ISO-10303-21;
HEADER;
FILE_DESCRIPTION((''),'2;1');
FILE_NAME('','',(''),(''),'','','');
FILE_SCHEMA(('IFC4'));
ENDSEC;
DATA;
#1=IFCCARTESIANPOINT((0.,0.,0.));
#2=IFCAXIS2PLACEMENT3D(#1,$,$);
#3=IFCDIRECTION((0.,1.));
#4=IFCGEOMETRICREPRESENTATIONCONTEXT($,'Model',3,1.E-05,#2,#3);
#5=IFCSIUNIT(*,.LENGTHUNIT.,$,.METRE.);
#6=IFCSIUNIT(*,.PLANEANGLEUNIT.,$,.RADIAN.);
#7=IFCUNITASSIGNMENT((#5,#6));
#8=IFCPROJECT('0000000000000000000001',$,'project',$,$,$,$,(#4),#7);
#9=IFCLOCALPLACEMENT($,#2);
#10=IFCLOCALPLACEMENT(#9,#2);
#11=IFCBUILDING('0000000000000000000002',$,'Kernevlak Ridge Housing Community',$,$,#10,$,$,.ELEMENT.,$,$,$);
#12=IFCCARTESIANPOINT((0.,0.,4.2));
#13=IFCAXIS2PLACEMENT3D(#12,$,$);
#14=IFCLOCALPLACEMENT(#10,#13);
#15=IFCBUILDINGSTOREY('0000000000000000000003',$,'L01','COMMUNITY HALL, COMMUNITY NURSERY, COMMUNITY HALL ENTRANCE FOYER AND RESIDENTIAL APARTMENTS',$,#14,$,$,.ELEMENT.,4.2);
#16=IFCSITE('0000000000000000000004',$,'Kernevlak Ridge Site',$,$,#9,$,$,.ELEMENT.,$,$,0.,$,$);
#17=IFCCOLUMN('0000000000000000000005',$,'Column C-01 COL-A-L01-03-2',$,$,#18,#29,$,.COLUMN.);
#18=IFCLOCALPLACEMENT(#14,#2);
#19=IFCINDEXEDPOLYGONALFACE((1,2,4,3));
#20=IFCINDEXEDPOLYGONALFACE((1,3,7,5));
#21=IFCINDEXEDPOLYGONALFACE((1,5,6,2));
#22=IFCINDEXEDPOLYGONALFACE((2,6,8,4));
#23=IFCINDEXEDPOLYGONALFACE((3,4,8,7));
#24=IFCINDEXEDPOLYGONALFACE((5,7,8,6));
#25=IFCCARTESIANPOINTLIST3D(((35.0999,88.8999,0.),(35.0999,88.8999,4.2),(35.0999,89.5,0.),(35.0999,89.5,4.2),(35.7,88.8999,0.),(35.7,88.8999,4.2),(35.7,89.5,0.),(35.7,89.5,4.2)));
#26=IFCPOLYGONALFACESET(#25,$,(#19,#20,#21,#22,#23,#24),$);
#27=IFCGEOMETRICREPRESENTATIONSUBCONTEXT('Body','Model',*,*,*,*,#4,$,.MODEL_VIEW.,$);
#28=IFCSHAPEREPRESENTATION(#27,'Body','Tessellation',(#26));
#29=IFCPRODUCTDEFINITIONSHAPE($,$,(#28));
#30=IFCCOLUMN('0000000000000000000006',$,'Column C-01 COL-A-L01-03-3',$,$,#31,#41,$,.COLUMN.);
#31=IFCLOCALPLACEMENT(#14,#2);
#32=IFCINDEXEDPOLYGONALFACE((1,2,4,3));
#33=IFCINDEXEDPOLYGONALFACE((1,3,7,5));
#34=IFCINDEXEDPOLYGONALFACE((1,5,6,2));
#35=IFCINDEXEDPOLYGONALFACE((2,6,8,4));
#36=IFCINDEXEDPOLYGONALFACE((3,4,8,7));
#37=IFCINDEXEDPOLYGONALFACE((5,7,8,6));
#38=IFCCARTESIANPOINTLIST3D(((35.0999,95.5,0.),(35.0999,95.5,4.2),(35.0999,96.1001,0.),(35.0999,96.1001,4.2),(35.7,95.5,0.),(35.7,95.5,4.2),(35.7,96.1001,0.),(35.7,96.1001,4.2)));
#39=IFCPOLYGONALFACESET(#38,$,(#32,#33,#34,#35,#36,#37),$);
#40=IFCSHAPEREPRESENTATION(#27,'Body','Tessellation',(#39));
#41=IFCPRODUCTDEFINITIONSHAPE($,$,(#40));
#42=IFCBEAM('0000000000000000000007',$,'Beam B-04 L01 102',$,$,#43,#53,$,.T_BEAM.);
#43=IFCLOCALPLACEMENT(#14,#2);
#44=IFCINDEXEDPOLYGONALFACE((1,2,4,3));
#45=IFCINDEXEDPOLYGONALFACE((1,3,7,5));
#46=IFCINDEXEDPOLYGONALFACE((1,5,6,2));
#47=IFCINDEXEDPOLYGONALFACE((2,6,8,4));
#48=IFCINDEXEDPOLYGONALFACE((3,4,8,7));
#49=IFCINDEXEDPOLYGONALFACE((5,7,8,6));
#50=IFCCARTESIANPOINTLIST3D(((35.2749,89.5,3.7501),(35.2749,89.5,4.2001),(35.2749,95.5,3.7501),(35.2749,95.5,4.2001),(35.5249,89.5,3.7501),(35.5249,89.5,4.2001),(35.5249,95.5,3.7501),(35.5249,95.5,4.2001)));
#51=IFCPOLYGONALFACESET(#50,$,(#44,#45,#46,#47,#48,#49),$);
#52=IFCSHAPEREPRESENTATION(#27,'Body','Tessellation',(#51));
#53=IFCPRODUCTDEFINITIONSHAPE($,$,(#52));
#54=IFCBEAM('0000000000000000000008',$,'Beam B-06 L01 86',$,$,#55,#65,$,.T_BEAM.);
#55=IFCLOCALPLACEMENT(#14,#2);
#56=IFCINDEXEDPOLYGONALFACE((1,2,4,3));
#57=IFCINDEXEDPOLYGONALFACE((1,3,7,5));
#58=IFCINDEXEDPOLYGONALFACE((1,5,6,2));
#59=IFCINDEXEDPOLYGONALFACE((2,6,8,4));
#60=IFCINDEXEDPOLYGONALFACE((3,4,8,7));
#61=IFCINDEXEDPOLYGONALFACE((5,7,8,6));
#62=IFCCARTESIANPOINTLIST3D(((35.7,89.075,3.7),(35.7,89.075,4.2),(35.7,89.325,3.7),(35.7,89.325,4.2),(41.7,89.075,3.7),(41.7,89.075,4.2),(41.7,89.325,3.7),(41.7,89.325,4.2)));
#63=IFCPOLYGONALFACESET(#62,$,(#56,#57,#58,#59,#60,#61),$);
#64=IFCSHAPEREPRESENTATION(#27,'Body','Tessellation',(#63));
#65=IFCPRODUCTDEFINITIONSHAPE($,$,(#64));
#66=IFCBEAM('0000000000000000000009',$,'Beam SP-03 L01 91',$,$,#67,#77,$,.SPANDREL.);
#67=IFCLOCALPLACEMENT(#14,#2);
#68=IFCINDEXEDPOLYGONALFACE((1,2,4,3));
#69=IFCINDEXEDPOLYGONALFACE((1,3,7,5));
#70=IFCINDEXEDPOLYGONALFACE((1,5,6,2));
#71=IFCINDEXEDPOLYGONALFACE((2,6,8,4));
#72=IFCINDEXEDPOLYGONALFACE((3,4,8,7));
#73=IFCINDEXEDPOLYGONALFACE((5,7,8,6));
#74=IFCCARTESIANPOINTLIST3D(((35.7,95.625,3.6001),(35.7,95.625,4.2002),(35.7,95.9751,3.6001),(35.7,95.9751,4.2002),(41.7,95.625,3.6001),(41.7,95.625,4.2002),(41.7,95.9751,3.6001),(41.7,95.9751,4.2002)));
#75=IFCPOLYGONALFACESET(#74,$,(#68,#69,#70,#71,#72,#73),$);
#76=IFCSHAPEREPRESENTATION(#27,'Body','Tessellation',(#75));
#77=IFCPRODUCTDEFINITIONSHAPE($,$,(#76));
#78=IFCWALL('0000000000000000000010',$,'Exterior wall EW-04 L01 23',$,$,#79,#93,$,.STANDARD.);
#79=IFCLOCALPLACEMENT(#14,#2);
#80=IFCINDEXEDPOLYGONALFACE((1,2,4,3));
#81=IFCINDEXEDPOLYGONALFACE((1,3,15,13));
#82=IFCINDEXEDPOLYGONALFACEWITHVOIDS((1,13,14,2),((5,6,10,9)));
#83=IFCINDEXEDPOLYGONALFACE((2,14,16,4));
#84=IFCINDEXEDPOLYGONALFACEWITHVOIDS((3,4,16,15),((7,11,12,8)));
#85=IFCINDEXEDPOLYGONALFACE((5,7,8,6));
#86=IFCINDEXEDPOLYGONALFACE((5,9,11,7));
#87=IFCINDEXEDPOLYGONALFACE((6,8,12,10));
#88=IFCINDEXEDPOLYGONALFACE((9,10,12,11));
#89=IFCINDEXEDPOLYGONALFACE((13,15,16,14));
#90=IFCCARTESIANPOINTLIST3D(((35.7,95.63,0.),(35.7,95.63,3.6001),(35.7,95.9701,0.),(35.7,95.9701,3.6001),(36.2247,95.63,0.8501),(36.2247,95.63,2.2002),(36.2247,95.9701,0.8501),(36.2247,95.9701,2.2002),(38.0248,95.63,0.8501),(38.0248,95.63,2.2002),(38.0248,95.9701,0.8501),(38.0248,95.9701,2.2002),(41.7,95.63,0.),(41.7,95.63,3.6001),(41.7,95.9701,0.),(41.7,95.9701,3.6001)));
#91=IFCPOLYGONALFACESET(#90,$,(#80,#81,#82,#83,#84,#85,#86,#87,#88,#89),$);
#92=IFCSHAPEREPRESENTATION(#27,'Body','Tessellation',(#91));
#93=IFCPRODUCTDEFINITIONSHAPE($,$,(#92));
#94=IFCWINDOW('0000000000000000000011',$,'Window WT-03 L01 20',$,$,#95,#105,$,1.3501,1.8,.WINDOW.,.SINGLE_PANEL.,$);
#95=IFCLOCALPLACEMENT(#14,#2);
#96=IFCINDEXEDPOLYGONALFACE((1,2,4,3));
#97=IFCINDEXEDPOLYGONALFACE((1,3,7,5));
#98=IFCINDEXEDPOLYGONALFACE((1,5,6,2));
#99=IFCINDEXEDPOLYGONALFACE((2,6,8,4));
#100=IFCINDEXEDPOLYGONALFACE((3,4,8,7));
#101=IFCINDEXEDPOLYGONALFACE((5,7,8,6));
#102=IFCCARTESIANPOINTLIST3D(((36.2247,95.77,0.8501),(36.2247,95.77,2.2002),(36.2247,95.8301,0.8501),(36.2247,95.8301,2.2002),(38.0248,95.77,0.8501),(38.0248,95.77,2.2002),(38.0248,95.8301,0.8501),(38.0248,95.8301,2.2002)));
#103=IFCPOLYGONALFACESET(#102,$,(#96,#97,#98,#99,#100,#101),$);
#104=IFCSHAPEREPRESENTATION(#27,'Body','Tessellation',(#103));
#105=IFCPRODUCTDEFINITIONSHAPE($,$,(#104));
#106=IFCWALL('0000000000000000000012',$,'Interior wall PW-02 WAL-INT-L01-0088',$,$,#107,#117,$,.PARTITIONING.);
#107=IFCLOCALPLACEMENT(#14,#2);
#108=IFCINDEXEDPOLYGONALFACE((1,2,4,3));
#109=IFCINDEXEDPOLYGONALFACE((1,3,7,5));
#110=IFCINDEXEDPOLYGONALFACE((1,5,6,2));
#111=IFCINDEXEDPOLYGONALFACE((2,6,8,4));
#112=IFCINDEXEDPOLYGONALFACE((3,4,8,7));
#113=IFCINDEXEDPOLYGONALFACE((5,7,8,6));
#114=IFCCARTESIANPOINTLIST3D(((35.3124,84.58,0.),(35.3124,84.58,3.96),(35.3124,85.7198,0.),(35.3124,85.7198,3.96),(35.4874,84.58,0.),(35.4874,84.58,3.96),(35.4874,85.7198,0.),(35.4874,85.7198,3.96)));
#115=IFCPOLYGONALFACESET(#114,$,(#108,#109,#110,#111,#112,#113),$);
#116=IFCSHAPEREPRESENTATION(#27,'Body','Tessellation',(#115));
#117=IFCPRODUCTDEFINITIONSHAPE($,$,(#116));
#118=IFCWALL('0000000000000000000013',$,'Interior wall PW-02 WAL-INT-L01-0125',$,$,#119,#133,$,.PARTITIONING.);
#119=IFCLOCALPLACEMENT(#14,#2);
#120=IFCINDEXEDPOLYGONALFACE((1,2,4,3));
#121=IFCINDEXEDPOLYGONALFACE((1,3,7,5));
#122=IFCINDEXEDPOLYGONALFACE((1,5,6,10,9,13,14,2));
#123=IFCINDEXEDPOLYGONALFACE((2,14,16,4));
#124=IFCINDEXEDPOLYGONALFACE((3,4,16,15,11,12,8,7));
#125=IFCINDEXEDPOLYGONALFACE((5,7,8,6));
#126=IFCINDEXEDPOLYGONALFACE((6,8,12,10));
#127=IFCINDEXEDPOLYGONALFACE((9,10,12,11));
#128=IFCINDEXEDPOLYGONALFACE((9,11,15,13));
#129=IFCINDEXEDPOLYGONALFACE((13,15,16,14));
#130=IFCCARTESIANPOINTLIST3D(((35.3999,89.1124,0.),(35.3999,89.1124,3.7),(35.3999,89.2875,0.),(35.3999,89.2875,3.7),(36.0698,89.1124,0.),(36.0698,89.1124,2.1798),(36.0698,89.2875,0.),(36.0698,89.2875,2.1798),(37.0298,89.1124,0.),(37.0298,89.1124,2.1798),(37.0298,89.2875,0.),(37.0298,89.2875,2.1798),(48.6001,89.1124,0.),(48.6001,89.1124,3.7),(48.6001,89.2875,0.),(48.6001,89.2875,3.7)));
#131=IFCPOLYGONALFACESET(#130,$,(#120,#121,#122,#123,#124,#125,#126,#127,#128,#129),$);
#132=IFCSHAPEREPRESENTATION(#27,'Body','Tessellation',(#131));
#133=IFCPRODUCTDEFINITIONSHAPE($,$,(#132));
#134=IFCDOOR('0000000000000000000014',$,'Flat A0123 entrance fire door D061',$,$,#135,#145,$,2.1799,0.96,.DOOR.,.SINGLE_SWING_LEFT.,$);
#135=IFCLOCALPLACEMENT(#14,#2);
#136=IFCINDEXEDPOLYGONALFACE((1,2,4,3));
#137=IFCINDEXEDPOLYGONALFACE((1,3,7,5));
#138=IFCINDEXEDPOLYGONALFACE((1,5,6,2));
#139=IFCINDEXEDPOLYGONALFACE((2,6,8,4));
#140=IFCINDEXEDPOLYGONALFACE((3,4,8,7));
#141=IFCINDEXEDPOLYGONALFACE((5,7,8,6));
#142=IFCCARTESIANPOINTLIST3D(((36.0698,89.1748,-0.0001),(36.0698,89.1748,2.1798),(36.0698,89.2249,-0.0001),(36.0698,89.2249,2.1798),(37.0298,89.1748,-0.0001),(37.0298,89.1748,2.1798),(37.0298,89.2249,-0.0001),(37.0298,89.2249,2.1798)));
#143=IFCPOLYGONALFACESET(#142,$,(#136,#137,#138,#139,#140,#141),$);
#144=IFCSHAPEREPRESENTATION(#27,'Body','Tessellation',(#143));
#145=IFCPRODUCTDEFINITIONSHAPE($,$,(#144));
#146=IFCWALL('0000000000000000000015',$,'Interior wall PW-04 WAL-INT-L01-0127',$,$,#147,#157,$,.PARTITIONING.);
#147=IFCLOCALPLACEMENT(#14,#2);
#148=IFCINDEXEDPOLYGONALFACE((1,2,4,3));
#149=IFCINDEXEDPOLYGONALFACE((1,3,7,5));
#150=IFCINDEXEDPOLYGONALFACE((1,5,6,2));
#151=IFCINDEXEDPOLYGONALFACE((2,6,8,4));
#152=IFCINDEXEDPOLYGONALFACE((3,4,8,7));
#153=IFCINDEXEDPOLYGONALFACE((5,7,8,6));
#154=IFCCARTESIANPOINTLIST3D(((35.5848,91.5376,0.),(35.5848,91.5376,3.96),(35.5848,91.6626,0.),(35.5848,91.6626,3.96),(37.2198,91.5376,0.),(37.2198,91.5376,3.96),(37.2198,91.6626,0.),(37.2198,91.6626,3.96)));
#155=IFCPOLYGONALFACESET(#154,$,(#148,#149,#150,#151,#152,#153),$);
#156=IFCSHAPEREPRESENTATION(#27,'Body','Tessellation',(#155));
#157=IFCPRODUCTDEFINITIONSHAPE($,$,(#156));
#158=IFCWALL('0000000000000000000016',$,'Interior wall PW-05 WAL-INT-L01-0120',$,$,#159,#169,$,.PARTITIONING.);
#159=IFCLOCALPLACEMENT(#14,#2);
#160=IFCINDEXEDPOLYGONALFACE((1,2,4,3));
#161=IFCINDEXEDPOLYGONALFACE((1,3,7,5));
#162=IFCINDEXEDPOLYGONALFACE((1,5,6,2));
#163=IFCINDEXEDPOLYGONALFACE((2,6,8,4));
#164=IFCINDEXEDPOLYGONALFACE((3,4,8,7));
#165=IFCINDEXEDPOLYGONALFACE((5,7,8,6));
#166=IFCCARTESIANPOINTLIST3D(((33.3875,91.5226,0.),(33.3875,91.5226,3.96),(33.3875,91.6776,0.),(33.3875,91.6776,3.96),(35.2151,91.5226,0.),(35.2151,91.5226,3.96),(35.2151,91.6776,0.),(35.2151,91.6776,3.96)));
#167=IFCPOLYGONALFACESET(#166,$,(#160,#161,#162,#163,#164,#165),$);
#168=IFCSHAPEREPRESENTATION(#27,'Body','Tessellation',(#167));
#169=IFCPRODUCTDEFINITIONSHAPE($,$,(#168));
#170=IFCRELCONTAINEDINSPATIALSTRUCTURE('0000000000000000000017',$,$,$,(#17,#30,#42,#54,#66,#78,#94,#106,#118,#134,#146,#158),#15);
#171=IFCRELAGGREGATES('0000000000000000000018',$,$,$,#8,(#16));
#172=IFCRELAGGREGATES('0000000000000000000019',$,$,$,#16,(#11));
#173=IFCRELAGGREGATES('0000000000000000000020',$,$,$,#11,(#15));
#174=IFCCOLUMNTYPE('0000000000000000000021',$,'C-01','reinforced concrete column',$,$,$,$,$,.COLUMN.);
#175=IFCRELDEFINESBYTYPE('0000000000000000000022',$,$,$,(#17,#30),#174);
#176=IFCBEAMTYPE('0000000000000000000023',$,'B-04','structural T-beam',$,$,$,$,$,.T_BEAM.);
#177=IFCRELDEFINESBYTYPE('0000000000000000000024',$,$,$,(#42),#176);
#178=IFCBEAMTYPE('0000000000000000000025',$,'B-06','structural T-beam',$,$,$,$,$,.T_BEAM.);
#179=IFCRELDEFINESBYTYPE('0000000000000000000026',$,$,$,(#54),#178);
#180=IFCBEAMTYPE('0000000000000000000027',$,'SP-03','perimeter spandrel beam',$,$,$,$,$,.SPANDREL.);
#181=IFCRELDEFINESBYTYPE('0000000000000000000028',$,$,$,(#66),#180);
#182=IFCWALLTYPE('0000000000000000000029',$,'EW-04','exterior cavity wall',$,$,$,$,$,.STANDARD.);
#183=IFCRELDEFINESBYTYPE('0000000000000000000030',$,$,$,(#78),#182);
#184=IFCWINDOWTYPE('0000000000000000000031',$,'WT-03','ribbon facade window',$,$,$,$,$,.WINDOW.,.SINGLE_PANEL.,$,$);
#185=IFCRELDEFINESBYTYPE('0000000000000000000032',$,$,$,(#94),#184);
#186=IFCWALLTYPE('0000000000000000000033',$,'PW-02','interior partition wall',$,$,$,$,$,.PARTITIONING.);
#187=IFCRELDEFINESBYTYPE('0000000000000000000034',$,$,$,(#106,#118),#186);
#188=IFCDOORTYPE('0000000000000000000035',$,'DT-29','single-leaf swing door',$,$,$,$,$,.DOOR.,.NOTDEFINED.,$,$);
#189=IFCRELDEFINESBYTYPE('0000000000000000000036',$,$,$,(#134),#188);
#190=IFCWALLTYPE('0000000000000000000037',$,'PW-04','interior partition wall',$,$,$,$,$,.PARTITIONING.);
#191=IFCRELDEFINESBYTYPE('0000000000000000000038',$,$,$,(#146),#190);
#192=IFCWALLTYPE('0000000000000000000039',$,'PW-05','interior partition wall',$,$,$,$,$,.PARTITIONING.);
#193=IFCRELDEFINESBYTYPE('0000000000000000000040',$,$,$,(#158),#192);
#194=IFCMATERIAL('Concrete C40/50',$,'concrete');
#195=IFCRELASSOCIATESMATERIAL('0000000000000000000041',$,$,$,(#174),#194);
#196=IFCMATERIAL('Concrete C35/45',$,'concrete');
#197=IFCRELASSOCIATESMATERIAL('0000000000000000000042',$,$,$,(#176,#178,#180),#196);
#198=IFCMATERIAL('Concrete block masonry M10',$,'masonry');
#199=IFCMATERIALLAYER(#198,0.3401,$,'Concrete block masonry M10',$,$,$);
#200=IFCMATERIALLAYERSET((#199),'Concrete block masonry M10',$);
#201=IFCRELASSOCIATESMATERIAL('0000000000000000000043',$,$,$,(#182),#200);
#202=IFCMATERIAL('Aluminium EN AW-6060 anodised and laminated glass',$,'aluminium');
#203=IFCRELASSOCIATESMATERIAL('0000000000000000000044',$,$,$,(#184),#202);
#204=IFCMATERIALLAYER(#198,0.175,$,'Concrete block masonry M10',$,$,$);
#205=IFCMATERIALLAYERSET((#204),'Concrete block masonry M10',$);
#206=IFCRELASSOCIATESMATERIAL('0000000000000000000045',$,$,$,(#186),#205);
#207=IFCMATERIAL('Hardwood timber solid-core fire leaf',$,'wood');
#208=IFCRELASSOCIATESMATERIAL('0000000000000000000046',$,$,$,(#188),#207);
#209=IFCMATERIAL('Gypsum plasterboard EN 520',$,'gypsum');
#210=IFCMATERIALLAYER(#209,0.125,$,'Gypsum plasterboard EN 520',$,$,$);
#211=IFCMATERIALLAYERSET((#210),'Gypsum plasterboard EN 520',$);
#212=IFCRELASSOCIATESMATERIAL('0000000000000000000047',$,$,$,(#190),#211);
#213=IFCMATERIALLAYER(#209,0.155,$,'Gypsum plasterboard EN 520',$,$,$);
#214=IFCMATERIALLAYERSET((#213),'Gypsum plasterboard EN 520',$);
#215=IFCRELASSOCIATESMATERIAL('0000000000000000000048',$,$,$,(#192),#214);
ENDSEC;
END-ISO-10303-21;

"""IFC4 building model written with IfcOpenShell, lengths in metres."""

from ifc_helpers import new_model, si_unit, direction, frame, frame_2d, origin, origin_2d, place, context, subcontext, project, spatial, rectangle, extrude, material, layer, layer_set, material_profile, profile_set, type_object, element, fill, save


model = new_model("IFC4")

# Units and contexts
model_context = context("Model", 3, precision=1e-05, world=origin(), true_north=direction((0.0, 1.0)))
body_context = subcontext(model_context, "Body", "Model", "MODEL_VIEW")
ifc_project = project(units=[si_unit("LENGTHUNIT", "METRE"), si_unit("PLANEANGLEUNIT", "RADIAN")], contexts=[model_context])

# Site, building, storey
site_placement = place(None, origin())
site = spatial("IfcSite", under=ifc_project, at=site_placement, Name="Kernevlak Ridge Site", CompositionType="ELEMENT", RefElevation=0.0)
building_placement = place(site_placement, origin())
building = spatial("IfcBuilding", under=site, at=building_placement, Name="Kernevlak Ridge Housing Community", CompositionType="ELEMENT")
storey_placement = place(building_placement, frame((0.0, 0.0, 4.2)))
storey = spatial("IfcBuildingStorey", under=building, at=storey_placement, Name="L01", Description="COMMUNITY HALL, COMMUNITY NURSERY, COMMUNITY HALL ENTRANCE FOYER AND RESIDENTIAL APARTMENTS", CompositionType="ELEMENT", Elevation=4.2)

# Columns
ifc_material_1 = material(Name="Concrete C40/50", Category="concrete")
ifc_material_profile_1 = material_profile(ifc_material_1, rectangle(XDim=0.6001, YDim=0.6001, at=origin_2d()), Name="RC 600x600")
ifc_profile_set_1 = profile_set([ifc_material_profile_1], Name="Concrete C40/50")
column_type = type_object("IfcColumnType", Name="C-01", Description="reinforced concrete column", PredefinedType="COLUMN", material=ifc_profile_set_1)
for number, where, z_axis, x_axis, name in (
    (1, (35.3999, 89.2, 0.0), (0.0, 0.0, 1.0), (1.0, 0.0, 0.0), "Column C-01 COL-A-L01-03-2"),
    (2, (35.3999, 95.8, 0.0), (0.0, 0.0, 1.0), (1.0, 0.0, 0.0), "Column C-01 COL-A-L01-03-3"),
):
    element("IfcColumn", number, at=place(storey_placement, frame(where, z_axis=z_axis, x_axis=x_axis)), inside=storey, type_object=column_type, Name=name, PredefinedType="COLUMN", context=body_context, shape_type="SweptSolid", body=[
        extrude(rectangle(XDim=0.6001, YDim=0.6001, at=origin_2d()), origin(), (0.0, 0.0, 1.0), 4.2),
    ])

# Beams
ifc_material_2 = material(Name="Concrete C35/45", Category="concrete")
ifc_material_profile_2 = material_profile(ifc_material_2, rectangle(XDim=0.25, YDim=0.45, at=origin_2d()), Name="RC 250x450")
ifc_profile_set_2 = profile_set([ifc_material_profile_2], Name="Concrete C35/45")
beam_type_1 = type_object("IfcBeamType", Name="B-04", Description="structural T-beam", PredefinedType="T_BEAM", material=ifc_profile_set_2)
beam_1_placement = place(storey_placement, frame((35.3999, 89.5, 3.9751), z_axis=(0.0, 1.0, 0.0), x_axis=(-1.0, 0.0, 0.0)))
element("IfcBeam", 3, at=beam_1_placement, inside=storey, type_object=beam_type_1, Name="Beam B-04 L01 102", PredefinedType="T_BEAM", context=body_context, shape_type="SweptSolid", body=[
    extrude(rectangle(XDim=0.25, YDim=0.45, at=origin_2d()), origin(), (0.0, 0.0, 1.0), 6.0),
])
ifc_material_profile_3 = material_profile(ifc_material_2, rectangle(XDim=0.25, YDim=0.5, at=origin_2d()), Name="RC 250x500")
ifc_profile_set_3 = profile_set([ifc_material_profile_3], Name="Concrete C35/45")
beam_type_2 = type_object("IfcBeamType", Name="B-06", Description="structural T-beam", PredefinedType="T_BEAM", material=ifc_profile_set_3)
beam_2_placement = place(storey_placement, frame((35.7, 89.2, 3.95), z_axis=(1.0, 0.0, 0.0), x_axis=(0.0, 1.0, 0.0)))
element("IfcBeam", 4, at=beam_2_placement, inside=storey, type_object=beam_type_2, Name="Beam B-06 L01 86", PredefinedType="T_BEAM", context=body_context, shape_type="SweptSolid", body=[
    extrude(rectangle(XDim=0.25, YDim=0.5, at=origin_2d()), origin(), (0.0, 0.0, 1.0), 6.0),
])
ifc_material_profile_4 = material_profile(ifc_material_2, rectangle(XDim=0.3501, YDim=0.6001, at=origin_2d()), Name="RC 350x600")
ifc_profile_set_4 = profile_set([ifc_material_profile_4], Name="Concrete C35/45")
beam_type_3 = type_object("IfcBeamType", Name="SP-03", Description="perimeter spandrel beam", PredefinedType="SPANDREL", material=ifc_profile_set_4)
beam_3_placement = place(storey_placement, frame((35.7, 95.8, 3.9001), z_axis=(1.0, 0.0, 0.0), x_axis=(0.0, 1.0, 0.0)))
element("IfcBeam", 5, at=beam_3_placement, inside=storey, type_object=beam_type_3, Name="Beam SP-03 L01 91", PredefinedType="SPANDREL", context=body_context, shape_type="SweptSolid", body=[
    extrude(rectangle(XDim=0.3501, YDim=0.6001, at=origin_2d()), origin(), (0.0, 0.0, 1.0), 6.0),
])

# Wall, opening, window
ifc_material_3 = material(Name="Concrete block masonry M10", Category="masonry")
ifc_layer_1 = layer(ifc_material_3, 0.3401, Name="Concrete block masonry M10")
ifc_layer_set_1 = layer_set([ifc_layer_1], Name="Concrete block masonry M10")
wall_type_1 = type_object("IfcWallType", Name="EW-04", Description="exterior cavity wall", PredefinedType="STANDARD", material=ifc_layer_set_1)
wall_1_placement = place(storey_placement, frame((35.7, 95.8, 0.0), z_axis=(0.0, 0.0, 1.0), x_axis=(1.0, 0.0, 0.0)))
wall_1 = element("IfcWall", 6, at=wall_1_placement, inside=storey, type_object=wall_type_1, Name="Exterior wall EW-04 L01 23", PredefinedType="STANDARD", context=body_context, shape_type="SweptSolid", body=[
    extrude(rectangle(XDim=6.0, YDim=0.3401, at=frame_2d((3.0, 0.0))), origin(), (0.0, 0.0, 1.0), 3.6001),
])
opening_1_placement = place(wall_1_placement, frame((0.5249, 0.0, 0.8501)))
opening_1 = element("IfcOpeningElement", 7, at=opening_1_placement, cuts=wall_1, PredefinedType="OPENING", context=body_context, shape_type="SweptSolid", body=[
    extrude(rectangle(XDim=1.8, YDim=1.3501, at=frame_2d((0.8999, 0.675))), frame((0.0, 0.1799, 0.0), z_axis=(0.0, -1.0, 0.0), x_axis=(1.0, 0.0, 0.0)), (0.0, 0.0, 1.0), 0.3601),
])
ifc_material_4 = material(Name="Aluminium EN AW-6060 anodised and laminated glass", Category="aluminium")
window_type = type_object("IfcWindowType", Name="WT-03", Description="ribbon facade window", PartitioningType="SINGLE_PANEL", PredefinedType="WINDOW", material=ifc_material_4)
window_placement = place(opening_1_placement, origin())
window = element("IfcWindow", 8, at=window_placement, inside=storey, type_object=window_type, Name="Window WT-03 L01 20", OverallHeight=1.3501, OverallWidth=1.8, PartitioningType="SINGLE_PANEL", PredefinedType="WINDOW", context=body_context, shape_type="SweptSolid", body=[
    extrude(rectangle(XDim=1.8, YDim=1.3501, at=frame_2d((0.8999, 0.675))), frame((0.0, 0.03, 0.0), z_axis=(0.0, -1.0, 0.0), x_axis=(1.0, 0.0, 0.0)), (0.0, 0.0, 1.0), 0.0601),
])
fill(opening_1, window)

# Wall
ifc_layer_2 = layer(ifc_material_3, 0.175, Name="Concrete block masonry M10")
ifc_layer_set_2 = layer_set([ifc_layer_2], Name="Concrete block masonry M10")
wall_type_2 = type_object("IfcWallType", Name="PW-02", Description="interior partition wall", PredefinedType="PARTITIONING", material=ifc_layer_set_2)
wall_2_placement = place(storey_placement, frame((35.3999, 84.5801, 0.0), z_axis=(0.0, 0.0, 1.0), x_axis=(0.0, 1.0, 0.0)))
element("IfcWall", 9, at=wall_2_placement, inside=storey, type_object=wall_type_2, Name="Interior wall PW-02 WAL-INT-L01-0088", PredefinedType="PARTITIONING", context=body_context, shape_type="SweptSolid", body=[
    extrude(rectangle(XDim=1.1399, YDim=0.175, at=frame_2d((0.5698, 0.0))), origin(), (0.0, 0.0, 1.0), 3.96),
])

# Wall, opening, door
wall_3_placement = place(storey_placement, frame((35.3999, 89.2, 0.0), z_axis=(0.0, 0.0, 1.0), x_axis=(1.0, 0.0, 0.0)))
wall_3 = element("IfcWall", 10, at=wall_3_placement, inside=storey, type_object=wall_type_2, Name="Interior wall PW-02 WAL-INT-L01-0125", PredefinedType="PARTITIONING", context=body_context, shape_type="SweptSolid", body=[
    extrude(rectangle(XDim=13.2002, YDim=0.175, at=frame_2d((6.6001, 0.0))), origin(), (0.0, 0.0, 1.0), 3.7),
])
opening_2_placement = place(wall_3_placement, frame((0.6699, 0.0, 0.0)))
opening_2 = element("IfcOpeningElement", 11, at=opening_2_placement, cuts=wall_3, PredefinedType="OPENING", context=body_context, shape_type="SweptSolid", body=[
    extrude(rectangle(XDim=0.96, YDim=2.1799, at=frame_2d((0.48, 1.0898))), frame((0.0, 0.0974, 0.0), z_axis=(0.0, -1.0, 0.0), x_axis=(1.0, 0.0, 0.0)), (0.0, 0.0, 1.0), 0.1951),
])
ifc_material_5 = material(Name="Hardwood timber solid-core fire leaf", Category="wood")
door_type_1 = type_object("IfcDoorType", Name="DT-29", Description="single-leaf swing door", OperationType="NOTDEFINED", PredefinedType="DOOR", material=ifc_material_5)
door_1_placement = place(opening_2_placement, origin())
door_1 = element("IfcDoor", 12, at=door_1_placement, inside=storey, type_object=door_type_1, Name="Flat A0123 entrance fire door D061", OperationType="SINGLE_SWING_LEFT", OverallHeight=2.1799, OverallWidth=0.96, PredefinedType="DOOR", context=body_context, shape_type="SweptSolid", body=[
    extrude(rectangle(XDim=0.96, YDim=2.1799, at=frame_2d((0.48, 1.0898))), frame((0.0, 0.0249, 0.0), z_axis=(0.0, -1.0, 0.0), x_axis=(1.0, 0.0, 0.0)), (0.0, 0.0, 1.0), 0.05),
])
fill(opening_2, door_1)

# Wall
ifc_material_6 = material(Name="Gypsum plasterboard EN 520", Category="gypsum")
ifc_layer_3 = layer(ifc_material_6, 0.125, Name="Gypsum plasterboard EN 520")
ifc_layer_set_3 = layer_set([ifc_layer_3], Name="Gypsum plasterboard EN 520")
wall_type_3 = type_object("IfcWallType", Name="PW-04", Description="interior partition wall", PredefinedType="PARTITIONING", material=ifc_layer_set_3)
wall_4_placement = place(storey_placement, frame((35.585, 91.6001, 0.0), z_axis=(0.0, 0.0, 1.0), x_axis=(1.0, 0.0, 0.0)))
element("IfcWall", 13, at=wall_4_placement, inside=storey, type_object=wall_type_3, Name="Interior wall PW-04 WAL-INT-L01-0127", PredefinedType="PARTITIONING", context=body_context, shape_type="SweptSolid", body=[
    extrude(rectangle(XDim=1.635, YDim=0.125, at=frame_2d((0.8174, 0.0))), origin(), (0.0, 0.0, 1.0), 3.96),
])

# Shared definitions
ifc_layer_4 = layer(ifc_material_6, 0.155, Name="Gypsum plasterboard EN 520")
ifc_layer_set_4 = layer_set([ifc_layer_4], Name="Gypsum plasterboard EN 520")
wall_type_4 = type_object("IfcWallType", Name="PW-05", Description="interior partition wall", PredefinedType="PARTITIONING", material=ifc_layer_set_4)

# Wall
wall_5_placement = place(storey_placement, frame((33.3875, 91.6001, 0.0), z_axis=(0.0, 0.0, 1.0), x_axis=(1.0, 0.0, 0.0)))
element("IfcWall", 14, at=wall_5_placement, inside=storey, type_object=wall_type_4, Name="Interior wall PW-05 WAL-INT-L01-0120", PredefinedType="PARTITIONING", context=body_context, shape_type="SweptSolid", body=[
    extrude(rectangle(XDim=1.8276, YDim=0.155, at=frame_2d((0.9138, 0.0))), origin(), (0.0, 0.0, 1.0), 3.96),
])

save(model, "model.ifc")
